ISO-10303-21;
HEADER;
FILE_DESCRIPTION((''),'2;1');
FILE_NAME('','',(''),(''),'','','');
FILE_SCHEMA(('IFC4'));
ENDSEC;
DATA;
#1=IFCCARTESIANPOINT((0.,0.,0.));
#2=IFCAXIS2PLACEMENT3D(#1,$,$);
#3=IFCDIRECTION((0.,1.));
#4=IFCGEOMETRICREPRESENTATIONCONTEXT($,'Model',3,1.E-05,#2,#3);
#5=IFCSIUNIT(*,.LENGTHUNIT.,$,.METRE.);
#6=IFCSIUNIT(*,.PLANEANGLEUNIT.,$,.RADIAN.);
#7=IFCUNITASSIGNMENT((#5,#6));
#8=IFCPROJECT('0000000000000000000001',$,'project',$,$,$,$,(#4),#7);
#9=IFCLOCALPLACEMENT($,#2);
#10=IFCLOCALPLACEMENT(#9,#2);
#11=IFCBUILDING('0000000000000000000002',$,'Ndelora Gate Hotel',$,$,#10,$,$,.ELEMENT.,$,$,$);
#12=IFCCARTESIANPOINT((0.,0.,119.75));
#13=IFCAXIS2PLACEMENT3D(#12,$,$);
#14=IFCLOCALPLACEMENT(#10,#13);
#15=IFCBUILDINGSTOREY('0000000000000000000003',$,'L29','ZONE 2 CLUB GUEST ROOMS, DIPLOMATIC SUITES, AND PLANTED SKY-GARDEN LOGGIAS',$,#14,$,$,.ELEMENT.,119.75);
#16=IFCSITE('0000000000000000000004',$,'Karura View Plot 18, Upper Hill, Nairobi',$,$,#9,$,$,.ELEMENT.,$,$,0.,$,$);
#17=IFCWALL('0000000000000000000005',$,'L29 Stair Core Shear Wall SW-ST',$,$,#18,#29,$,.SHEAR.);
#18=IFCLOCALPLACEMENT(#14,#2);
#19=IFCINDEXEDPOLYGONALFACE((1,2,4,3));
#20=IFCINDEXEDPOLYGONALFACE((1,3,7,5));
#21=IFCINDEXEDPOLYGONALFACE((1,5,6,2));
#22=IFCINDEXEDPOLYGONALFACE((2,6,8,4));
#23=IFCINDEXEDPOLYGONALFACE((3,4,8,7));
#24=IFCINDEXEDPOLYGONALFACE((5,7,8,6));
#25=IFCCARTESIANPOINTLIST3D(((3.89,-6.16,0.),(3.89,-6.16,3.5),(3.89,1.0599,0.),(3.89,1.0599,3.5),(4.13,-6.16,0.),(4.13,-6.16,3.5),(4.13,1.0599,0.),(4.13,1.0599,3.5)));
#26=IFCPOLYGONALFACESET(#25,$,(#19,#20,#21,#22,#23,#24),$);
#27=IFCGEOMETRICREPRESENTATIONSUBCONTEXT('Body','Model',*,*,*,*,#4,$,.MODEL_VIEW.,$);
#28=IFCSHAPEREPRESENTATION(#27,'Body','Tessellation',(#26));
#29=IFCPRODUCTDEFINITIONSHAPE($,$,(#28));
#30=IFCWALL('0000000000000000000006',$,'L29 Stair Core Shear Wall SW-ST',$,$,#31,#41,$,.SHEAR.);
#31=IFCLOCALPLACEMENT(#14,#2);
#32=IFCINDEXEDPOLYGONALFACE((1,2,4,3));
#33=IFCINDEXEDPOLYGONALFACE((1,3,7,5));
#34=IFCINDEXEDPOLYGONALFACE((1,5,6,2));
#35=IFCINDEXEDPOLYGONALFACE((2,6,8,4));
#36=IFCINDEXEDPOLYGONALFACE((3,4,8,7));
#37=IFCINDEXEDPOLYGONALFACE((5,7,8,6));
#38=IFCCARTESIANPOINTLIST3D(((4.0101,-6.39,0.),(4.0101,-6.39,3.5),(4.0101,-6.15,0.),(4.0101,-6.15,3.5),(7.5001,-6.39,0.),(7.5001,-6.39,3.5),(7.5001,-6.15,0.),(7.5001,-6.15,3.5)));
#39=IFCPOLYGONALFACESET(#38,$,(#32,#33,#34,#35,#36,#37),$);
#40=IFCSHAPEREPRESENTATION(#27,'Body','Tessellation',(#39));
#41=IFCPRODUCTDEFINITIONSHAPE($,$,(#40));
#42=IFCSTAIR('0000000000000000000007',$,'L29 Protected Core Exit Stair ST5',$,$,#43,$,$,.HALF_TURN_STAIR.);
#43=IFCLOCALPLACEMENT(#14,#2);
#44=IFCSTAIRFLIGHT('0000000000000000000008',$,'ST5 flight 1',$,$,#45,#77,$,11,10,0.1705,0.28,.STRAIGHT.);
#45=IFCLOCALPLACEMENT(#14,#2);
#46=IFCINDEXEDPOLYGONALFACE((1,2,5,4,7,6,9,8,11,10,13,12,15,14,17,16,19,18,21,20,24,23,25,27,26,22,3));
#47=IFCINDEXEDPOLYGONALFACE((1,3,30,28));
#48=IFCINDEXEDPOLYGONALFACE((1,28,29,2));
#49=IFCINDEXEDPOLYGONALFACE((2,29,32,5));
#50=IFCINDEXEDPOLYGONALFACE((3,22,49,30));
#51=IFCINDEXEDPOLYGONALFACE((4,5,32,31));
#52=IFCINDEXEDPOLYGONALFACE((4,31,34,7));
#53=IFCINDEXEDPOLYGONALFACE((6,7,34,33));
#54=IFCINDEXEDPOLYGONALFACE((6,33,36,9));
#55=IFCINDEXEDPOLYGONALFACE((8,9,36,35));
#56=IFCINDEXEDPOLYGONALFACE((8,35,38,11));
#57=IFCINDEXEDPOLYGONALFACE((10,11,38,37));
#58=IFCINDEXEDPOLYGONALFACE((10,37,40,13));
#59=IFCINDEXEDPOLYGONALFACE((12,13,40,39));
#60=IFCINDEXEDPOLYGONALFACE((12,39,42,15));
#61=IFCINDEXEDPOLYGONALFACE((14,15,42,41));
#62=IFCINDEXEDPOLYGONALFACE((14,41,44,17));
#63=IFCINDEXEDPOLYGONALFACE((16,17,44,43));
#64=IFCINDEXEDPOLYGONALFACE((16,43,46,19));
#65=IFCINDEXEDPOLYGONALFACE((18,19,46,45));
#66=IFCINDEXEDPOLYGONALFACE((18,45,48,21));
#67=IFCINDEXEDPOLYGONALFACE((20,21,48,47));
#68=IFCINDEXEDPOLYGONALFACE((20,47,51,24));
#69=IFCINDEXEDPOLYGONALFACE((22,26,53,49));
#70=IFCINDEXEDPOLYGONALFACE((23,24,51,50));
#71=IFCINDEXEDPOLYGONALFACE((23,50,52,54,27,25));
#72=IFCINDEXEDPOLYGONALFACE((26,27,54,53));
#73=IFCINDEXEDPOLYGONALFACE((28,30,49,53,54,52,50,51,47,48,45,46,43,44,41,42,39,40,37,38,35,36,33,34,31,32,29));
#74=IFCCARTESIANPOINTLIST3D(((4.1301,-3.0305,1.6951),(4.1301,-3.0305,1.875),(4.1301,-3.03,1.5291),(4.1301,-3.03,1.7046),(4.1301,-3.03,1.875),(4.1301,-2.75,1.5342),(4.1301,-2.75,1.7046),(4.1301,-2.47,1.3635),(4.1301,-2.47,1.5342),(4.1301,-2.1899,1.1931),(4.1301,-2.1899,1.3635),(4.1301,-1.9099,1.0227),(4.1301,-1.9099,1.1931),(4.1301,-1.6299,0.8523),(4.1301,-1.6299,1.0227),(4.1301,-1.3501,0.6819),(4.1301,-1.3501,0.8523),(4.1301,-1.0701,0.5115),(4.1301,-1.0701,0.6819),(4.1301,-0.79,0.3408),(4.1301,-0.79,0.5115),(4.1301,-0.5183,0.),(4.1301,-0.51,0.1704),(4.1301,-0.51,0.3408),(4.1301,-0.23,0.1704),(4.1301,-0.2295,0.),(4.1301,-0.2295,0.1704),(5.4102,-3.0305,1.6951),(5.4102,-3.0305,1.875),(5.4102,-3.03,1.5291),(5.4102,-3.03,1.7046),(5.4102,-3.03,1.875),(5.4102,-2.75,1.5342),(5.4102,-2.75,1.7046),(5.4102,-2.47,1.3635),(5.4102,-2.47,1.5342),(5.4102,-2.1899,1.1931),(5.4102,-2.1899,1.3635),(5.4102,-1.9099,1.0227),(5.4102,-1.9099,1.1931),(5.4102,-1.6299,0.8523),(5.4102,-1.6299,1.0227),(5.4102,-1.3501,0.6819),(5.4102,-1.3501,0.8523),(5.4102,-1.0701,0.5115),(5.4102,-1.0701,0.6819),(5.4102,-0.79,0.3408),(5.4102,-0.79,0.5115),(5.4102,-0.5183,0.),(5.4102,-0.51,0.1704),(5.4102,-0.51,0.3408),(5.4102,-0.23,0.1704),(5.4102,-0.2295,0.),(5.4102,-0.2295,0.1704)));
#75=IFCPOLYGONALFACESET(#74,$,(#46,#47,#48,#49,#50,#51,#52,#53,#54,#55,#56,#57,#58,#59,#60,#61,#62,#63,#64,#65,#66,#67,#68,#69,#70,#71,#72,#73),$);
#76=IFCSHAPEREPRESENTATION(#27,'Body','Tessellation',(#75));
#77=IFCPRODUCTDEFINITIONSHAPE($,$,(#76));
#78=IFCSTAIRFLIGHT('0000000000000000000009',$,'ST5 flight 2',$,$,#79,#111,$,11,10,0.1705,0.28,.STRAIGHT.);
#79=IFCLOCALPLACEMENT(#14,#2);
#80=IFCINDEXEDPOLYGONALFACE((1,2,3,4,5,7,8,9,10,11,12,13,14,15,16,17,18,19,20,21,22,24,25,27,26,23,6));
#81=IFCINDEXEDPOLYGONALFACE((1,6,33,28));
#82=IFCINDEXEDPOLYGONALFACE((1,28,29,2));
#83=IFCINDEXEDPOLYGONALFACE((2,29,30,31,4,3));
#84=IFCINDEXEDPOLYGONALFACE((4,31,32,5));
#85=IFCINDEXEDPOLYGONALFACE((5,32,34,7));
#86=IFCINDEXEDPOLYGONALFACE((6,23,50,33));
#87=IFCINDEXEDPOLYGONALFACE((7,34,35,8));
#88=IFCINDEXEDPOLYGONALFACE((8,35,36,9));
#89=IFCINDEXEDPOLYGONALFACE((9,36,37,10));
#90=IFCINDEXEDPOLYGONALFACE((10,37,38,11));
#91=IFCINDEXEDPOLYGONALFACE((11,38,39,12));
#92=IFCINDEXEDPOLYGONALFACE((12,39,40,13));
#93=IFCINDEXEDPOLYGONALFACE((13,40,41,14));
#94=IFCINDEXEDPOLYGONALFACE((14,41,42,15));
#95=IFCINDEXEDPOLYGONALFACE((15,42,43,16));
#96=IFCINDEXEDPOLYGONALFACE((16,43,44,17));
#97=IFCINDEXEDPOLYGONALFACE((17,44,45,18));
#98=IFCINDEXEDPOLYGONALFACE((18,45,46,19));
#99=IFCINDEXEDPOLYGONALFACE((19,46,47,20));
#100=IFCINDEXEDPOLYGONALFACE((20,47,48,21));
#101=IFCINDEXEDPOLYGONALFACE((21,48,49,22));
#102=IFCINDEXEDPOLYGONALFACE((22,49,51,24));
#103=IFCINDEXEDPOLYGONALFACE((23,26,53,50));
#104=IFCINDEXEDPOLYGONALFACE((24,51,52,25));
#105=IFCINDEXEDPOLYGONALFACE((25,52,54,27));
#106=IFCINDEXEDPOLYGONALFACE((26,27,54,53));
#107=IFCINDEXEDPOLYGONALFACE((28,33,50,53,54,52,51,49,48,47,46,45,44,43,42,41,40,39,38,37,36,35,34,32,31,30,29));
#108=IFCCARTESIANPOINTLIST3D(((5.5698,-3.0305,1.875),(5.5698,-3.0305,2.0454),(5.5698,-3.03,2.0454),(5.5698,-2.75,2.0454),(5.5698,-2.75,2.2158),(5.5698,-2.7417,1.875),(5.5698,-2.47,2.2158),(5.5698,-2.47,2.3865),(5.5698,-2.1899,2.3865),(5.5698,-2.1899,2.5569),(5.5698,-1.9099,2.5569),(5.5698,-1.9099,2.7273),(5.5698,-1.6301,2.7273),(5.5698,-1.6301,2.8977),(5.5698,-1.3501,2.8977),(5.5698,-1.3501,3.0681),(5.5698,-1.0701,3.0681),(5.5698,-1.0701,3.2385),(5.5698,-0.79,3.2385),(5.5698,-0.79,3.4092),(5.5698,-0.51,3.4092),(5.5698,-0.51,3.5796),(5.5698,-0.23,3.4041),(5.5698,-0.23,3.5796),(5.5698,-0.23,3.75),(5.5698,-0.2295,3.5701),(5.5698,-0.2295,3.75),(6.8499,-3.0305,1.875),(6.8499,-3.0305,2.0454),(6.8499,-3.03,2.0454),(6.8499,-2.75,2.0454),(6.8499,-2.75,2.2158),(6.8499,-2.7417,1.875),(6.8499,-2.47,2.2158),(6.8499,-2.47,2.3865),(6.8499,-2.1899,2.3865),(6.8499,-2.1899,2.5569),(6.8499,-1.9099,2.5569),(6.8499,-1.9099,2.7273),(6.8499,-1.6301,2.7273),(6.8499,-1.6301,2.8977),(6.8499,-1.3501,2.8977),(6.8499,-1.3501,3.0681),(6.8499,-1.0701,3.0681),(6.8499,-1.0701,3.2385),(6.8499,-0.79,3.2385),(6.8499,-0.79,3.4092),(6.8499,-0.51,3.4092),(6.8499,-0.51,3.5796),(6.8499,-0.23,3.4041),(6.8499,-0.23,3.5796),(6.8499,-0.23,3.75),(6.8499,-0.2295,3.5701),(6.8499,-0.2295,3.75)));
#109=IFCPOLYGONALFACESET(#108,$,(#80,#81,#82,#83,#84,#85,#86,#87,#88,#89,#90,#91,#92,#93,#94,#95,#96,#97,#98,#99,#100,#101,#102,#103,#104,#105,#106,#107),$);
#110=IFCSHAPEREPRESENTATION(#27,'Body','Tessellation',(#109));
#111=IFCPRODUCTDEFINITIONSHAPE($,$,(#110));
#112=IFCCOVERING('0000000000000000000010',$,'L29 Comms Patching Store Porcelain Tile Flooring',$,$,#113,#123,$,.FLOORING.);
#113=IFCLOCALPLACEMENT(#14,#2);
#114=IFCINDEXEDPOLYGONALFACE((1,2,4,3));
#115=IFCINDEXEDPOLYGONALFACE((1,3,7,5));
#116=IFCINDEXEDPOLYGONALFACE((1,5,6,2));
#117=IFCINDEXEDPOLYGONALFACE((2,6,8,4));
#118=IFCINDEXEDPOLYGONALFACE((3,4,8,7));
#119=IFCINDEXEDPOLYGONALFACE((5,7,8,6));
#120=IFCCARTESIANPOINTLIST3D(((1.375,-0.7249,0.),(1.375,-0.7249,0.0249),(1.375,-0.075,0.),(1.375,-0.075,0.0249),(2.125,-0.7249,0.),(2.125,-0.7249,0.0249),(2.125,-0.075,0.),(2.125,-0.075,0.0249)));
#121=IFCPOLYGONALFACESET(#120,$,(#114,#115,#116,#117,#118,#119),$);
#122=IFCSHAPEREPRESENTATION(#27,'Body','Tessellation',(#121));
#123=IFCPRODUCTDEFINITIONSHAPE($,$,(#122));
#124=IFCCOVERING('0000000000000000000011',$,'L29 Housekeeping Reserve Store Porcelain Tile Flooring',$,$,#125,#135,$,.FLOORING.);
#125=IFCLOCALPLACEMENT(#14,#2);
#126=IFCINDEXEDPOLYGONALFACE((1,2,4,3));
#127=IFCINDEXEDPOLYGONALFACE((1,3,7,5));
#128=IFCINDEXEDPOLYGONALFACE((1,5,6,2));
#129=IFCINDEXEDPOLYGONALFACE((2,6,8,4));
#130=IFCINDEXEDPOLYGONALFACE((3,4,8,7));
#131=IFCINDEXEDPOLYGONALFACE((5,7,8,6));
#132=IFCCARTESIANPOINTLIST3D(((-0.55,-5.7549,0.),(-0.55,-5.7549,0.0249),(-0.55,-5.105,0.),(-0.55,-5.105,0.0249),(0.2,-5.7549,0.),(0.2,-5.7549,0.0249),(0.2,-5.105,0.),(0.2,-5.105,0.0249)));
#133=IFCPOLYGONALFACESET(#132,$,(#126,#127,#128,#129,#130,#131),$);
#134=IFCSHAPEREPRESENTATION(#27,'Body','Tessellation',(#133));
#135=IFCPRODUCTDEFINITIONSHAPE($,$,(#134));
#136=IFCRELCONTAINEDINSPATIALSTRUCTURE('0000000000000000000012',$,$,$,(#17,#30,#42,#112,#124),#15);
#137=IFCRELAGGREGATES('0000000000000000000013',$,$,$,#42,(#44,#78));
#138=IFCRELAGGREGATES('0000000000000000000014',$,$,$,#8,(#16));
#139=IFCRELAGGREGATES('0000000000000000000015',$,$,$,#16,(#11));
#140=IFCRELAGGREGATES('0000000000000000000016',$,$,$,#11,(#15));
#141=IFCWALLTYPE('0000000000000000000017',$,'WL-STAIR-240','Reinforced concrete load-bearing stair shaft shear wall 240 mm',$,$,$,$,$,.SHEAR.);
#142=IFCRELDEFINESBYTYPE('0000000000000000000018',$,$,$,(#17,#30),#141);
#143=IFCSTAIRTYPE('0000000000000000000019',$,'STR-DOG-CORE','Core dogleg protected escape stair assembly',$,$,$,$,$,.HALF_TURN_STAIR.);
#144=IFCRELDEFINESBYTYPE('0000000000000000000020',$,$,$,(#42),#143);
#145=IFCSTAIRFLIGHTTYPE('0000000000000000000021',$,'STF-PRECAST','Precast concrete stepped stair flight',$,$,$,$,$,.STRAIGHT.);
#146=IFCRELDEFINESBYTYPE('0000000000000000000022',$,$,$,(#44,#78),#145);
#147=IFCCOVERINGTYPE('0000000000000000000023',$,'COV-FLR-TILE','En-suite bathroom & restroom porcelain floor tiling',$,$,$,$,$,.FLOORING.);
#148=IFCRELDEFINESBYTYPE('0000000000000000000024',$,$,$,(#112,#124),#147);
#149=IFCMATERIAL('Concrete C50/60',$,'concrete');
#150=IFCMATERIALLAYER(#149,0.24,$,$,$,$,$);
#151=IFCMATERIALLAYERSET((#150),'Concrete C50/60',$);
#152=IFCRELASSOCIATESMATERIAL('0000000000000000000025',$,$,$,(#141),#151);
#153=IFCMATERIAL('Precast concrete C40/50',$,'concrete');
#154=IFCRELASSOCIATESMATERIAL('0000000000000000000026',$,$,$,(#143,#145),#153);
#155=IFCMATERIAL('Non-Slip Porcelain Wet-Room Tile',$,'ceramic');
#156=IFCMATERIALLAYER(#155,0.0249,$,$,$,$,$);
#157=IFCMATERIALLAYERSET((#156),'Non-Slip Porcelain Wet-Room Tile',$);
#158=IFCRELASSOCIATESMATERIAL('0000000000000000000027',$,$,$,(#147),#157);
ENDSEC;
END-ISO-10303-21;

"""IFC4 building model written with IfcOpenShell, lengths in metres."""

from ifc_helpers import new_model, si_unit, direction, frame, frame_2d, origin, origin_2d, place, context, subcontext, project, spatial, polyline, rectangle, outline, extrude, material, layer, layer_set, type_object, element, aggregate, save


model = new_model("IFC4")

# Units and contexts
model_context = context("Model", 3, precision=1e-05, world=origin(), true_north=direction((0.0, 1.0)))
body_context = subcontext(model_context, "Body", "Model", "MODEL_VIEW")
ifc_project = project(units=[si_unit("LENGTHUNIT", "METRE"), si_unit("PLANEANGLEUNIT", "RADIAN")], contexts=[model_context])

# Site, building, storey
site_placement = place(None, origin())
site = spatial("IfcSite", under=ifc_project, at=site_placement, Name="Karura View Plot 18, Upper Hill, Nairobi", CompositionType="ELEMENT", RefElevation=0.0)
building_placement = place(site_placement, origin())
building = spatial("IfcBuilding", under=site, at=building_placement, Name="Ndelora Gate Hotel", CompositionType="ELEMENT")
storey_placement = place(building_placement, frame((0.0, 0.0, 119.75)))
storey = spatial("IfcBuildingStorey", under=building, at=storey_placement, Name="L29", Description="ZONE 2 CLUB GUEST ROOMS, DIPLOMATIC SUITES, AND PLANTED SKY-GARDEN LOGGIAS", CompositionType="ELEMENT", Elevation=119.75)

# Shared definitions
ifc_material_1 = material(Name="Precast concrete C40/50", Category="concrete")

# Walls
ifc_material_2 = material(Name="Concrete C50/60", Category="concrete")
ifc_layer_1 = layer(ifc_material_2, 0.24)
ifc_layer_set_1 = layer_set([ifc_layer_1], Name="Concrete C50/60")
wall_type_1 = type_object("IfcWallType", Name="WL-STAIR-240", Description="Reinforced concrete load-bearing stair shaft shear wall 240 mm", PredefinedType="SHEAR", material=ifc_layer_set_1)
wall_1_placement = place(storey_placement, frame((4.01, -6.1599, 0.0), z_axis=(0.0, 0.0, 1.0), x_axis=(0.0, 1.0, 0.0)))
element("IfcWall", 1, at=wall_1_placement, inside=storey, type_object=wall_type_1, Name="L29 Stair Core Shear Wall SW-ST", PredefinedType="SHEAR", context=body_context, shape_type="SweptSolid", body=[
    extrude(rectangle(XDim=7.22, YDim=0.24, at=frame_2d((3.6099, 0.0))), origin(), (0.0, 0.0, 1.0), 3.5),
])
wall_2_placement = place(storey_placement, frame((4.01, -6.27, 0.0), z_axis=(0.0, 0.0, 1.0), x_axis=(1.0, 0.0, 0.0)))
element("IfcWall", 2, at=wall_2_placement, inside=storey, type_object=wall_type_1, Name="L29 Stair Core Shear Wall SW-ST", PredefinedType="SHEAR", context=body_context, shape_type="SweptSolid", body=[
    extrude(rectangle(XDim=3.49, YDim=0.24, at=frame_2d((1.7451, 0.0))), origin(), (0.0, 0.0, 1.0), 3.5),
])

# Stair, stair flights
stair_type = type_object("IfcStairType", Name="STR-DOG-CORE", Description="Core dogleg protected escape stair assembly", PredefinedType="HALF_TURN_STAIR", material=ifc_material_1)
stair_placement = place(storey_placement, origin())
stair = element("IfcStair", 3, at=stair_placement, inside=storey, type_object=stair_type, Name="L29 Protected Core Exit Stair ST5", PredefinedType="HALF_TURN_STAIR")
stair_flight_type = type_object("IfcStairFlightType", Name="STF-PRECAST", Description="Precast concrete stepped stair flight", PredefinedType="STRAIGHT", material=ifc_material_1)
stair_flight_1_placement = place(storey_placement, frame((4.77, -0.23, 0.0), z_axis=(0.0, 0.0, 1.0), x_axis=(0.0, -1.0, 0.0)))
stair_flight_1 = element("IfcStairFlight", 4, at=stair_flight_1_placement, type_object=stair_flight_type, Name="ST5 flight 1", NumberOfRisers=11, NumberOfTreads=10, PredefinedType="STRAIGHT", RiserHeight=0.1705, TreadLength=0.28, context=body_context, shape_type="SweptSolid", body=[
    extrude(outline(polyline([(-0.0005, 0.0), (-0.0005, 0.1704), (0.0, 0.1704), (0.28, 0.1704), (0.28, 0.3408), (0.5601, 0.3408), (0.5601, 0.5115), (0.8401, 0.5115), (0.8401, 0.6819), (1.1201, 0.6819), (1.1201, 0.8523), (1.3999, 0.8523), (1.3999, 1.0227), (1.6799, 1.0227), (1.6799, 1.1931), (1.96, 1.1931), (1.96, 1.3635), (2.24, 1.3635), (2.24, 1.5342), (2.52, 1.5342), (2.52, 1.7046), (2.8, 1.7046), (2.8, 1.875), (2.8005, 1.875), (2.8005, 1.6951), (2.8, 1.5291), (0.2883, 0.0), (-0.0005, 0.0)])), frame((0.0, 0.6401, 0.0), z_axis=(0.0, -1.0, 0.0), x_axis=(1.0, 0.0, 0.0)), (0.0, 0.0, 1.0), 1.28),
])
stair_flight_2_placement = place(storey_placement, frame((6.21, -3.03, 1.875), z_axis=(0.0, 0.0, 1.0), x_axis=(0.0, 1.0, 0.0)))
stair_flight_2 = element("IfcStairFlight", 5, at=stair_flight_2_placement, type_object=stair_flight_type, Name="ST5 flight 2", NumberOfRisers=11, NumberOfTreads=10, PredefinedType="STRAIGHT", RiserHeight=0.1705, TreadLength=0.28, context=body_context, shape_type="SweptSolid", body=[
    extrude(outline(polyline([(-0.0005, 0.0), (-0.0005, 0.1704), (0.0, 0.1704), (0.28, 0.1704), (0.28, 0.3408), (0.5601, 0.3408), (0.5601, 0.5115), (0.8401, 0.5115), (0.8401, 0.6819), (1.1201, 0.6819), (1.1201, 0.8523), (1.3999, 0.8523), (1.3999, 1.0227), (1.6799, 1.0227), (1.6799, 1.1931), (1.96, 1.1931), (1.96, 1.3635), (2.24, 1.3635), (2.24, 1.5342), (2.52, 1.5342), (2.52, 1.7046), (2.8, 1.7046), (2.8, 1.875), (2.8005, 1.875), (2.8005, 1.6951), (2.8, 1.5291), (0.2883, 0.0), (-0.0005, 0.0)])), frame((0.0, 0.6401, 0.0), z_axis=(0.0, -1.0, 0.0), x_axis=(1.0, 0.0, 0.0)), (0.0, 0.0, 1.0), 1.28),
])
aggregate(stair, [stair_flight_1, stair_flight_2])

# Coverings
ifc_material_3 = material(Name="Non-Slip Porcelain Wet-Room Tile", Category="ceramic")
ifc_layer_2 = layer(ifc_material_3, 0.0249)
ifc_layer_set_2 = layer_set([ifc_layer_2], Name="Non-Slip Porcelain Wet-Room Tile")
covering_type = type_object("IfcCoveringType", Name="COV-FLR-TILE", Description="En-suite bathroom & restroom porcelain floor tiling", PredefinedType="FLOORING", material=ifc_layer_set_2)
for number, where, z_axis, x_axis, name in (
    (6, (1.75, -0.3999, 0.0), (0.0, 0.0, 1.0), (1.0, 0.0, 0.0), "L29 Comms Patching Store Porcelain Tile Flooring"),
    (7, (-0.175, -5.4299, 0.0), (0.0, 0.0, 1.0), (1.0, 0.0, 0.0), "L29 Housekeeping Reserve Store Porcelain Tile Flooring"),
):
    element("IfcCovering", number, at=place(storey_placement, frame(where, z_axis=z_axis, x_axis=x_axis)), inside=storey, type_object=covering_type, Name=name, PredefinedType="FLOORING", context=body_context, shape_type="SweptSolid", body=[
        extrude(rectangle(XDim=0.75, YDim=0.6499, at=origin_2d()), origin(), (0.0, 0.0, 1.0), 0.0249),
    ])

save(model, "model.ifc")
